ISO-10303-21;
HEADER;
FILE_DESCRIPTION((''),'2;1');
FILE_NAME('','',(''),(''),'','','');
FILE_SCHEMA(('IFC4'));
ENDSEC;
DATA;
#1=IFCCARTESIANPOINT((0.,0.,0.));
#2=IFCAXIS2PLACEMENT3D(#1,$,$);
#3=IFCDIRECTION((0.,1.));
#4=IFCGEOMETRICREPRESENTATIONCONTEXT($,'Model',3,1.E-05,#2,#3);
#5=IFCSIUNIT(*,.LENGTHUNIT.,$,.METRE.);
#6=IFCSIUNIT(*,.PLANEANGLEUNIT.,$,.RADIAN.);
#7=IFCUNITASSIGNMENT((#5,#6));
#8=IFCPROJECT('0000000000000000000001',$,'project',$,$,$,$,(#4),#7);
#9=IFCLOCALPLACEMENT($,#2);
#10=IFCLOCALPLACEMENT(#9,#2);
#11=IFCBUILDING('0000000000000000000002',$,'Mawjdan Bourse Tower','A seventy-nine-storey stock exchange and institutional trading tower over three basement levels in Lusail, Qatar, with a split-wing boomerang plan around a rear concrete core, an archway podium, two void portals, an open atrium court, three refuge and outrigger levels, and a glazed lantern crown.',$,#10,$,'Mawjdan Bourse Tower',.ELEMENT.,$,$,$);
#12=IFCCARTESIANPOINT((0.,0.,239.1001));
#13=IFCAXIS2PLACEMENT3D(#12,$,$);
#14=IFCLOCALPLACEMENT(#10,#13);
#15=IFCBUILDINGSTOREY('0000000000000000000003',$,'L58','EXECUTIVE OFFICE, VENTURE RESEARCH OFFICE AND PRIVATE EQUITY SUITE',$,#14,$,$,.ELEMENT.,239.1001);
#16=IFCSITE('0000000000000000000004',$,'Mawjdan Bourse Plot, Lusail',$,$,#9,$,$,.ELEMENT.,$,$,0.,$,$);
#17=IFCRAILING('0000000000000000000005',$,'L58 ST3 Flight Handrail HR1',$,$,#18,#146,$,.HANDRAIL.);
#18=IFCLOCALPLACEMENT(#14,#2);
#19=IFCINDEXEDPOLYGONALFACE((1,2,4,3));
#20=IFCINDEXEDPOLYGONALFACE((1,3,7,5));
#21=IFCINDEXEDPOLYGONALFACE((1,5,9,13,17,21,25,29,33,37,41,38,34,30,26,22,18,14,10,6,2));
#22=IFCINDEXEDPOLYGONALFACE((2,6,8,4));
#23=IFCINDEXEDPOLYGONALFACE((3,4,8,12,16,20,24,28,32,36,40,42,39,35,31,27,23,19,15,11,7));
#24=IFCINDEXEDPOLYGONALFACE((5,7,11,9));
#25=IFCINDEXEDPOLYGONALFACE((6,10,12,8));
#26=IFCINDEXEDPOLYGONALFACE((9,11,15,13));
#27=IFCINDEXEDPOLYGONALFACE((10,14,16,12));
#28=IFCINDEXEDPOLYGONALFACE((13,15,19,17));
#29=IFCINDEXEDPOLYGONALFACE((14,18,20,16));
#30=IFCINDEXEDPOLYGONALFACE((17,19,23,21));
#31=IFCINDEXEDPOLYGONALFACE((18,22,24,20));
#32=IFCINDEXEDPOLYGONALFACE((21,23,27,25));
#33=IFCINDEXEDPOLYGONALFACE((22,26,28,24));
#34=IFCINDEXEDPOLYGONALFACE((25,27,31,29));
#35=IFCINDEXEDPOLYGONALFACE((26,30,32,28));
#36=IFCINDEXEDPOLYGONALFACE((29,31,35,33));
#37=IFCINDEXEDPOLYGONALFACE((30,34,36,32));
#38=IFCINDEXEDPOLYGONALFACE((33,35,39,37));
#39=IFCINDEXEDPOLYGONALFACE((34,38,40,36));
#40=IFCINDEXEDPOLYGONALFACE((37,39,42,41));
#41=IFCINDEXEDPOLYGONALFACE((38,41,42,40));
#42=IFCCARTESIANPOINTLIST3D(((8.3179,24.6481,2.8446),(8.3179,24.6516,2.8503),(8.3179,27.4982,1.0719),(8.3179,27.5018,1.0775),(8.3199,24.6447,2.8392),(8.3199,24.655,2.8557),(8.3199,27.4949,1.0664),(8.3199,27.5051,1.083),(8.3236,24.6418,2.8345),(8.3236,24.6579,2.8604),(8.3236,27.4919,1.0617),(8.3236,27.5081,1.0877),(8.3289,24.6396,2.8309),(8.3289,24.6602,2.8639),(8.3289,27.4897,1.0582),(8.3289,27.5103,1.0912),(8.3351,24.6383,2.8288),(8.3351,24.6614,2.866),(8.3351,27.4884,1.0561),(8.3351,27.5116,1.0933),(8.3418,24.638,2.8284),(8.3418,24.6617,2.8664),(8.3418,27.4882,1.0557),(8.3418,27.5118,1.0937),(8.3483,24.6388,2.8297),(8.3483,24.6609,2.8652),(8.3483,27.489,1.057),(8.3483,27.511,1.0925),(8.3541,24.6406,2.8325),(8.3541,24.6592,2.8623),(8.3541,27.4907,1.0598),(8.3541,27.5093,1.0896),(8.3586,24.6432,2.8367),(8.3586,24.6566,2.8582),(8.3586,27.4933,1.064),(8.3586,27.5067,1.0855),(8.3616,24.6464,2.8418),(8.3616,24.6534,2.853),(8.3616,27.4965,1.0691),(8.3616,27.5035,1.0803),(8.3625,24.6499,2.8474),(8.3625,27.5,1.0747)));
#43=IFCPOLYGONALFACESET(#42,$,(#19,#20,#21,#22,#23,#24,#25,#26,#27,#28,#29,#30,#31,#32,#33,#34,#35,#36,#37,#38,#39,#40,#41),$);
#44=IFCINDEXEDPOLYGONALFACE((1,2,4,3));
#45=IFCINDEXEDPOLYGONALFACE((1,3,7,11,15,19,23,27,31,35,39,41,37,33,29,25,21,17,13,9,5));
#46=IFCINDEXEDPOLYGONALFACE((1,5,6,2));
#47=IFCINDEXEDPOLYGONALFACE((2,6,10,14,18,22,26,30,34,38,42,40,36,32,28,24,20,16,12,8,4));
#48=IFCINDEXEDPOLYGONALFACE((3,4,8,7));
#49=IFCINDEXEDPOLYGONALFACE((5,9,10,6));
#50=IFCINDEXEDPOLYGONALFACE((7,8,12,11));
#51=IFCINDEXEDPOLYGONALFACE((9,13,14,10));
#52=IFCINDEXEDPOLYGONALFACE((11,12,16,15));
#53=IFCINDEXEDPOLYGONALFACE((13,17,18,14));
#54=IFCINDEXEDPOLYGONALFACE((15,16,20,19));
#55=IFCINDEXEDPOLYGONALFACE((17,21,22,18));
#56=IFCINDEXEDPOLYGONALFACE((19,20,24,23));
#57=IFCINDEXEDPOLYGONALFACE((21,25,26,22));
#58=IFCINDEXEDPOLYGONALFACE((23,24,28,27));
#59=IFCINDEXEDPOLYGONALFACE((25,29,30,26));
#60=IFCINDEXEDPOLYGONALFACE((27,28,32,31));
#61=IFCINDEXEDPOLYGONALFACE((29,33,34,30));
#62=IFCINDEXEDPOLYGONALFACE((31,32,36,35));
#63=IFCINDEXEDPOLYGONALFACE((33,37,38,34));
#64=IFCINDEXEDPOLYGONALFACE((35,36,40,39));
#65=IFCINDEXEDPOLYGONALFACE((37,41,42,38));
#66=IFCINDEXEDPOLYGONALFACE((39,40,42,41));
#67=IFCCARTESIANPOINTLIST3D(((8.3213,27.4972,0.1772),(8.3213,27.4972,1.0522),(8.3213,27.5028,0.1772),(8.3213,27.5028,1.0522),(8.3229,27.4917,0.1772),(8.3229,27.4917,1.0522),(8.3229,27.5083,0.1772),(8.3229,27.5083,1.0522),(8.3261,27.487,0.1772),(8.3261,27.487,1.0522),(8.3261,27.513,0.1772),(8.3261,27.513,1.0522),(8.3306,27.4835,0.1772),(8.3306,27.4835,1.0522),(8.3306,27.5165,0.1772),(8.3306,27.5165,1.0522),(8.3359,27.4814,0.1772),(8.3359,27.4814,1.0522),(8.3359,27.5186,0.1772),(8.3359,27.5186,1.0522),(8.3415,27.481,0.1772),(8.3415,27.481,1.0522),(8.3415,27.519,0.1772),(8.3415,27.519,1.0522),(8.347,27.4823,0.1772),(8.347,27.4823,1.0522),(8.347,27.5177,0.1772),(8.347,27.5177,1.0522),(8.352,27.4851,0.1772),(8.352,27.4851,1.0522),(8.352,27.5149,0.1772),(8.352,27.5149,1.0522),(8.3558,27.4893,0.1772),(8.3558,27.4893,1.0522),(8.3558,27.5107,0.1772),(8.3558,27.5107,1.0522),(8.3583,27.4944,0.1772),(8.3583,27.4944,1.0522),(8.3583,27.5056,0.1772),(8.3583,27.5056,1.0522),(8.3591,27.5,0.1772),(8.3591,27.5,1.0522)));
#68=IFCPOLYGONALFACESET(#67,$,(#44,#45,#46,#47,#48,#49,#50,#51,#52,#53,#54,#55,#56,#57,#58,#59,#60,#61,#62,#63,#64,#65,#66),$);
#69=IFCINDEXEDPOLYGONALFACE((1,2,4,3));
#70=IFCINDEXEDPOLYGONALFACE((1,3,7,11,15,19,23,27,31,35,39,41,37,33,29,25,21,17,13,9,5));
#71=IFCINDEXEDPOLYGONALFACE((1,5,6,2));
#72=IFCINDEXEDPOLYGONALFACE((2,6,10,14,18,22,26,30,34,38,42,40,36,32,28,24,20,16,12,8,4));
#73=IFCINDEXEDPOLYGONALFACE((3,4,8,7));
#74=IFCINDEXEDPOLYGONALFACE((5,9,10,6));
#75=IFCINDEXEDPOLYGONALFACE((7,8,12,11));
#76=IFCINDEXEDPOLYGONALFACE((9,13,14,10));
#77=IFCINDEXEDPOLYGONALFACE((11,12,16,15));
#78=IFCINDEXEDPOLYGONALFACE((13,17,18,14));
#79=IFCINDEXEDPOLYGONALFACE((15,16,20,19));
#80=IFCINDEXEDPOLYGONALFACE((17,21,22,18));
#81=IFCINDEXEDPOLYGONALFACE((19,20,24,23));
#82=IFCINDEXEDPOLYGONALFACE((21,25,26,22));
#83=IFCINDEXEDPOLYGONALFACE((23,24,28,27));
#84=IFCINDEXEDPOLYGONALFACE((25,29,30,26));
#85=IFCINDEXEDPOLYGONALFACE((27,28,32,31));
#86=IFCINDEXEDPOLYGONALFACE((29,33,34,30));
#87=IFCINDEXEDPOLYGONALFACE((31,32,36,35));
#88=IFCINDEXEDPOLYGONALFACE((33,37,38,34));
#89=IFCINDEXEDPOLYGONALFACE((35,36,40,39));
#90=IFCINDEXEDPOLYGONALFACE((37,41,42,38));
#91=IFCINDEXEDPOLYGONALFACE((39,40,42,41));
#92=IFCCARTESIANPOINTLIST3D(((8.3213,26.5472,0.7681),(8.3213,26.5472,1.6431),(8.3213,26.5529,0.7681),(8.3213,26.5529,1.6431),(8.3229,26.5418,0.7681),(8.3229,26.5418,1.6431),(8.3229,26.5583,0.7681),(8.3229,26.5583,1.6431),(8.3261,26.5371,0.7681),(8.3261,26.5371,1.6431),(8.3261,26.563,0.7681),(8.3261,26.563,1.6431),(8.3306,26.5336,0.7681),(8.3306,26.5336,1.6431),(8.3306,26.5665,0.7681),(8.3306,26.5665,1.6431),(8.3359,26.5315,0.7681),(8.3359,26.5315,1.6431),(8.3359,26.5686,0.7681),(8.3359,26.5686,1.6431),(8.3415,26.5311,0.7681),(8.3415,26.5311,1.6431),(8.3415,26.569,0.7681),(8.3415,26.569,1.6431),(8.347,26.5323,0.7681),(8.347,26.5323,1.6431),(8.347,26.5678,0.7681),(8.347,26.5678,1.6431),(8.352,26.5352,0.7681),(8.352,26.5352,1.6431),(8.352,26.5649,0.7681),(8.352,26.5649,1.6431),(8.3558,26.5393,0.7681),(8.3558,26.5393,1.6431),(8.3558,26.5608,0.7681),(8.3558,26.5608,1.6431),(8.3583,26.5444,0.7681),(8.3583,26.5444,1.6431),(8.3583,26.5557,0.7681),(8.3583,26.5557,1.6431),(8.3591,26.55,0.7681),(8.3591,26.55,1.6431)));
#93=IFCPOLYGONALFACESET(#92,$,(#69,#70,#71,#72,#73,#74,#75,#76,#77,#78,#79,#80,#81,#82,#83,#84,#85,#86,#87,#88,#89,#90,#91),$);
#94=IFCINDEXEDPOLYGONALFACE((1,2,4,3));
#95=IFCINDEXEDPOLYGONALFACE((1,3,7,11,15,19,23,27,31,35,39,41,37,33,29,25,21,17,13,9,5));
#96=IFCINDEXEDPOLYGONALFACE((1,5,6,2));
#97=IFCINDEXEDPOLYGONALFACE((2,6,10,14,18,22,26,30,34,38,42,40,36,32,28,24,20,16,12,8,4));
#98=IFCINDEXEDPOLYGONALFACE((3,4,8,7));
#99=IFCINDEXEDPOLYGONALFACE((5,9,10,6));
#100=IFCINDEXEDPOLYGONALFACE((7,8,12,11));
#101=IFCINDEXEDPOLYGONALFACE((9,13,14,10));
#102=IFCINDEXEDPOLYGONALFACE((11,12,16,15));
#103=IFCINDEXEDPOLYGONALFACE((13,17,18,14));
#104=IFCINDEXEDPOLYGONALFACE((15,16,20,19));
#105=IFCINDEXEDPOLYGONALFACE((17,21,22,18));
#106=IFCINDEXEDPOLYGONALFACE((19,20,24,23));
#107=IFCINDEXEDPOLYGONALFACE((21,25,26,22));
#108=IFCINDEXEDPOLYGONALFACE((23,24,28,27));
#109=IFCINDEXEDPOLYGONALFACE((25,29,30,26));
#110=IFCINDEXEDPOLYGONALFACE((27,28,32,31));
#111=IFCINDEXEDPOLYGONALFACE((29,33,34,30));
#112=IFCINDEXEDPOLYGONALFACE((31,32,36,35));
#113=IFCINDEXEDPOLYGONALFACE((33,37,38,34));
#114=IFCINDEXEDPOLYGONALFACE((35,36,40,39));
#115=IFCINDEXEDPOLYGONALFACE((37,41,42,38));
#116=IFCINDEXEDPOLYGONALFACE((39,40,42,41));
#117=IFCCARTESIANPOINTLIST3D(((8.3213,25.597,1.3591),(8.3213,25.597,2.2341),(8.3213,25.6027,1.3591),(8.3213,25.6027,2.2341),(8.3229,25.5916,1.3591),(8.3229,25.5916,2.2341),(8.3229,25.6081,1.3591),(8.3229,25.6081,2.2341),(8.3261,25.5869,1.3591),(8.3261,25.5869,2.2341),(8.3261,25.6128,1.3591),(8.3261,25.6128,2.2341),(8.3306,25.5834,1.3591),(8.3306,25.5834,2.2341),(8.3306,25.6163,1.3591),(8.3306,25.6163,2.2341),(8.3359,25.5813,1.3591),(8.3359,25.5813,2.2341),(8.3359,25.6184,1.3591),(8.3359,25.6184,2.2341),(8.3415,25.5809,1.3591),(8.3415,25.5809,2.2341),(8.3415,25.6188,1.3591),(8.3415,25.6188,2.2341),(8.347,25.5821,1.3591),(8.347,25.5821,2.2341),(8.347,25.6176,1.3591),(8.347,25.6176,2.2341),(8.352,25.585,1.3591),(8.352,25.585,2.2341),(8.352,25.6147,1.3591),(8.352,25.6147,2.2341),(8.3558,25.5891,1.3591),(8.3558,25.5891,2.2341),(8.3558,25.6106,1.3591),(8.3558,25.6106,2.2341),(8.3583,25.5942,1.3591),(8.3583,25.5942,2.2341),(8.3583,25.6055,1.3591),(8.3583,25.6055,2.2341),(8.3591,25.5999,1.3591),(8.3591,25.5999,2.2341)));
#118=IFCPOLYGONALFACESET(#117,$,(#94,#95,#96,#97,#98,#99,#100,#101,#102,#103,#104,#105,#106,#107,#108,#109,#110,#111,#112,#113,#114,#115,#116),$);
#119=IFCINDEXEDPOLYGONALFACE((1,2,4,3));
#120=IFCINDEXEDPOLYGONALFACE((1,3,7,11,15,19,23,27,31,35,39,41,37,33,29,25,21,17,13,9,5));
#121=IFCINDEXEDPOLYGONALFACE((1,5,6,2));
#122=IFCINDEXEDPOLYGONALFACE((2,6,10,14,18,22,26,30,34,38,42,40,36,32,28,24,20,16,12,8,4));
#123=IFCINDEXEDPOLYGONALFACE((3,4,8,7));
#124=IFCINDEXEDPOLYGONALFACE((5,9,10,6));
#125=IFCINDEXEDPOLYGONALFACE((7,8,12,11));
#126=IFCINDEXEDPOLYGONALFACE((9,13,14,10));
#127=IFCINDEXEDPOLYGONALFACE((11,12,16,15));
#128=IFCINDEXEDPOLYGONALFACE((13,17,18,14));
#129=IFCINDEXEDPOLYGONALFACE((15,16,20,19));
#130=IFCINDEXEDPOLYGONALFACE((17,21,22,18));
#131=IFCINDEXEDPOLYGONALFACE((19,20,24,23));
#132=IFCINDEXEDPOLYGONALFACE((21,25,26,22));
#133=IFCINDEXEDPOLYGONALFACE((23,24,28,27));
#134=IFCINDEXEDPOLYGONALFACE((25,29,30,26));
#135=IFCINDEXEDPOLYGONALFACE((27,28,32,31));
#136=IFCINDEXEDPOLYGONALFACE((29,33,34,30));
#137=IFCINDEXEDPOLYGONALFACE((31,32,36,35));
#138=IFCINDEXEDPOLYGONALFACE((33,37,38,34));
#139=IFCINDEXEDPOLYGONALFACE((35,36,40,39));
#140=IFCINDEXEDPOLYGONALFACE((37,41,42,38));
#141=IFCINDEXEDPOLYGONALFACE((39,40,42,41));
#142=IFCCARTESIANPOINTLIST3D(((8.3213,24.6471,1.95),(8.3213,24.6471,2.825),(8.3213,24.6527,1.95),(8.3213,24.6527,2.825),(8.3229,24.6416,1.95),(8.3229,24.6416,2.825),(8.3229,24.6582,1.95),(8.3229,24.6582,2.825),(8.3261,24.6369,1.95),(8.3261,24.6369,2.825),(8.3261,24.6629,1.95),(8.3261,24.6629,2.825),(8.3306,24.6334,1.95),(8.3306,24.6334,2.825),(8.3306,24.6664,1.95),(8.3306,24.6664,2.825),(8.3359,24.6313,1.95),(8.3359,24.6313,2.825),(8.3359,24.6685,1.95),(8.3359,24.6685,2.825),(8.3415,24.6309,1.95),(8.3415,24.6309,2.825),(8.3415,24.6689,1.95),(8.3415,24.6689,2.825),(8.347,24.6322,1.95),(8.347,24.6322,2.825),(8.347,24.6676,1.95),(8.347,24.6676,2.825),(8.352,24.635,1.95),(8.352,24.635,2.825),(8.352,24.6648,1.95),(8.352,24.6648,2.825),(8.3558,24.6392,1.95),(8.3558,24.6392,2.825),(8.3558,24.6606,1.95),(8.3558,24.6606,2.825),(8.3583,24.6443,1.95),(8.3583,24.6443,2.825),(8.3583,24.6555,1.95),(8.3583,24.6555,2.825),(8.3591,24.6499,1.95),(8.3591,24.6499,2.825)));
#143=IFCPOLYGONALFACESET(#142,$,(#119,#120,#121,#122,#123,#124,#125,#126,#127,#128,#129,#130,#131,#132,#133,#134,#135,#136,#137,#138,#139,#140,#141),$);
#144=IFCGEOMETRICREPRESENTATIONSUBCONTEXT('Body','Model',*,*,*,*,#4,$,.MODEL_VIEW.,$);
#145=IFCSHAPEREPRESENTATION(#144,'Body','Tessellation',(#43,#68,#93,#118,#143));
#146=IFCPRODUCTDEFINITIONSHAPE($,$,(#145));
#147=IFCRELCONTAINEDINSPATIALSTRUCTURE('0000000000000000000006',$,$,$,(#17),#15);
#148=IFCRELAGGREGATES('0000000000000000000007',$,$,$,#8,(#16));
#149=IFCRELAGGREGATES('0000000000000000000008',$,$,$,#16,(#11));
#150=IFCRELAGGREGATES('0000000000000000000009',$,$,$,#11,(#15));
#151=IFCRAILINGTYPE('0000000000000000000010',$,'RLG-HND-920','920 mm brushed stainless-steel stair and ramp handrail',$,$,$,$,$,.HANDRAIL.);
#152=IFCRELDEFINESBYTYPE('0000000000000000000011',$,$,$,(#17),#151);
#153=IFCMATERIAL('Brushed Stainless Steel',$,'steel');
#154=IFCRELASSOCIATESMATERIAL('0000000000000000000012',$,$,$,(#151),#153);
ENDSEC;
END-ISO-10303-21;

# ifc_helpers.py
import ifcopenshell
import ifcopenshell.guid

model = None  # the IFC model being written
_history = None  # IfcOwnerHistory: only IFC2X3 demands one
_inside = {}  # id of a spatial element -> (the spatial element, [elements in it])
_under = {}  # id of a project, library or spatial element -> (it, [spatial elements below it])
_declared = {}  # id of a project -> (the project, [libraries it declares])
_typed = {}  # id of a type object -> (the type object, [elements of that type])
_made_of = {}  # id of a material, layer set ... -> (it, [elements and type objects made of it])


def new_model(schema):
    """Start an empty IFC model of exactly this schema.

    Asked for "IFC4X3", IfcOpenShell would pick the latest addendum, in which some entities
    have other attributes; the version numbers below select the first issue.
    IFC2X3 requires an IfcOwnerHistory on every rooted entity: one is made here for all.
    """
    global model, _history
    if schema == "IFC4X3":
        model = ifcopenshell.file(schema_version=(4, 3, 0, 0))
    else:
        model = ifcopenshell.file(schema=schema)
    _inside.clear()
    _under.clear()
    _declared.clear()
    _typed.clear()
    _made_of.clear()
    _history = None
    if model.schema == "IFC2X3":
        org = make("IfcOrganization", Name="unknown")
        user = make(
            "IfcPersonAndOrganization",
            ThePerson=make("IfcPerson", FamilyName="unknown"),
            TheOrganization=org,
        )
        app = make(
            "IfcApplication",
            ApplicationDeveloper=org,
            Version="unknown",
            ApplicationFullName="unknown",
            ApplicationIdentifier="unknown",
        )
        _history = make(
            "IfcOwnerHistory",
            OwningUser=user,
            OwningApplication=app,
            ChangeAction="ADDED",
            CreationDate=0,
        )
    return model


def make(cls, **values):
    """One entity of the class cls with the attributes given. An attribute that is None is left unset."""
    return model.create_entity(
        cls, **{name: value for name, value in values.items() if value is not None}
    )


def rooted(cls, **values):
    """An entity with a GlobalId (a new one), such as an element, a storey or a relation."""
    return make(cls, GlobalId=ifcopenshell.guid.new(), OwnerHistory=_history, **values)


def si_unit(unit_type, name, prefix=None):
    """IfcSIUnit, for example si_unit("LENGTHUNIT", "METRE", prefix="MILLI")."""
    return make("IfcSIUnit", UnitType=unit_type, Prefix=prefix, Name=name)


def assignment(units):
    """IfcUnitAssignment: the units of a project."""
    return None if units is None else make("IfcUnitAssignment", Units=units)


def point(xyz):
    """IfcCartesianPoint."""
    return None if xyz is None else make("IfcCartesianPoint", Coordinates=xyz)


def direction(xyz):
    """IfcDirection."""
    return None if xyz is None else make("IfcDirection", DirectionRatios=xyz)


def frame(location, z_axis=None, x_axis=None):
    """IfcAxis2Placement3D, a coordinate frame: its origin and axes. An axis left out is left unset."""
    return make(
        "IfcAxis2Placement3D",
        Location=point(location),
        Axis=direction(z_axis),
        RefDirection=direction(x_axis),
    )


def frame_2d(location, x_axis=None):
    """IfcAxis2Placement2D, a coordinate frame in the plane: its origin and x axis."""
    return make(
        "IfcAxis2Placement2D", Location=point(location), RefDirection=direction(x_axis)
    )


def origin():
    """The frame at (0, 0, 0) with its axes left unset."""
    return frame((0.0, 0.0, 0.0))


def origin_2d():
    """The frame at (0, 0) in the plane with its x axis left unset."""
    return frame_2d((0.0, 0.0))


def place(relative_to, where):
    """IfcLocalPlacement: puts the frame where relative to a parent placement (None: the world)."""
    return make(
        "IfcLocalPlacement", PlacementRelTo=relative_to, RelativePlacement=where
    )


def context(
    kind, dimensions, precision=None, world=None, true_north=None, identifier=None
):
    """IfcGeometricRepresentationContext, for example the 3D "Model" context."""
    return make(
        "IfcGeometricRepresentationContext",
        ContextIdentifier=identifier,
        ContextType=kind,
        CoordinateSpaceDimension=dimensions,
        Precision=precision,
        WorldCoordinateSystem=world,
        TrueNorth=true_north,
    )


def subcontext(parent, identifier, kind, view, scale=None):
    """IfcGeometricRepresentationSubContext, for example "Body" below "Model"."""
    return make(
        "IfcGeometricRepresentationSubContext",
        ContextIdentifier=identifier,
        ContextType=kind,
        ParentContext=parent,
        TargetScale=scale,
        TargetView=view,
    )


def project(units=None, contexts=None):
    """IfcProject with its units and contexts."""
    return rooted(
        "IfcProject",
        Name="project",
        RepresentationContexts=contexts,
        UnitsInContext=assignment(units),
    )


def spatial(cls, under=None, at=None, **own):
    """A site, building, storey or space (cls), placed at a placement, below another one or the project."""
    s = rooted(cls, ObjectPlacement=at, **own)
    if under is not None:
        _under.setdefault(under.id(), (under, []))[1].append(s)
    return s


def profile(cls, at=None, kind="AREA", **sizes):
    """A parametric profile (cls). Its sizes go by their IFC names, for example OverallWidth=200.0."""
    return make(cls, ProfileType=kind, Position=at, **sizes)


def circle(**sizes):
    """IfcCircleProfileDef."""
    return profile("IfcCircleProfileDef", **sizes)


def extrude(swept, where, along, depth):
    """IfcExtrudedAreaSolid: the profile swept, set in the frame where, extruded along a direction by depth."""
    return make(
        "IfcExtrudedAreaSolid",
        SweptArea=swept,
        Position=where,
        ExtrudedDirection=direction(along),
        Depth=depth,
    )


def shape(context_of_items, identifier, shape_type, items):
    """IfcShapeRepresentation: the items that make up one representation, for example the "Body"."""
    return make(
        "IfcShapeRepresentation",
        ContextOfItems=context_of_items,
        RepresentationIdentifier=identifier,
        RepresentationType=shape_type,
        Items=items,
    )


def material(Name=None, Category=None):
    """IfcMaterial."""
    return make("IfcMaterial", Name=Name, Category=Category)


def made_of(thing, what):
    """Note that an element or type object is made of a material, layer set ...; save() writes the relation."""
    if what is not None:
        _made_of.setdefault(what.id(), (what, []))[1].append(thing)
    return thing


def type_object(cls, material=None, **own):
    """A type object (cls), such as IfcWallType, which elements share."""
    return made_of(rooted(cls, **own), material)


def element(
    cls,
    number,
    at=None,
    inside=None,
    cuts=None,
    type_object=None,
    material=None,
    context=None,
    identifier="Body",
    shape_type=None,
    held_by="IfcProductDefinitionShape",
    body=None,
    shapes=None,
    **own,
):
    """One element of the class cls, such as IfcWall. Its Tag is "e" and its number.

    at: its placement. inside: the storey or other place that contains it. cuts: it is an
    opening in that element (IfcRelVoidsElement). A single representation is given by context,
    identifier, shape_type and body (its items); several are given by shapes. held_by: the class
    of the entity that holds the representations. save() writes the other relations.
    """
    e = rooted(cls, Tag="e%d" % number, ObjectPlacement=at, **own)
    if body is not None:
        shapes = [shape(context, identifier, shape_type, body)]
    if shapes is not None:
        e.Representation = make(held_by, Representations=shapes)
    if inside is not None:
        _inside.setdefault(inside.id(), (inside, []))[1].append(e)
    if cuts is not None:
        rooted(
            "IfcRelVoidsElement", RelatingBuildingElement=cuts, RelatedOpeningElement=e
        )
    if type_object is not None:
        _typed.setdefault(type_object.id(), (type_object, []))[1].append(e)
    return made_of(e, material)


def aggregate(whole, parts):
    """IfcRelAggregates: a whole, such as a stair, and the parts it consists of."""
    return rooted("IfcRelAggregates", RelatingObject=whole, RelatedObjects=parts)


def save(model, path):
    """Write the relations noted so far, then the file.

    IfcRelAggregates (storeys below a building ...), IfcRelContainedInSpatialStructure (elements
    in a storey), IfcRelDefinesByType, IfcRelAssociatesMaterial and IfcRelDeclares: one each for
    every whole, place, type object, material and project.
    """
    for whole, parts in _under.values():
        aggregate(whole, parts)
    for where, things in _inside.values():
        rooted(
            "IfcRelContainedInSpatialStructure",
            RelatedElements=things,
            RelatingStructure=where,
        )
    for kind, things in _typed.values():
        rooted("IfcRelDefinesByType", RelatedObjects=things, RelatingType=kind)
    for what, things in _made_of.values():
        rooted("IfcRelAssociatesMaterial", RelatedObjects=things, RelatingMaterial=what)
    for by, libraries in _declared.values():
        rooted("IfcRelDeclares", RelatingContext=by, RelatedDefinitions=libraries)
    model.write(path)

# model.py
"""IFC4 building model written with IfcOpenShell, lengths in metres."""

from ifc_helpers import new_model, si_unit, direction, frame, origin, origin_2d, place, context, subcontext, project, spatial, circle, extrude, material, type_object, element, save


model = new_model("IFC4")

# Units and contexts
model_context = context("Model", 3, precision=1e-05, world=origin(), true_north=direction((0.0, 1.0)))
body_context = subcontext(model_context, "Body", "Model", "MODEL_VIEW")
ifc_project = project(units=[si_unit("LENGTHUNIT", "METRE"), si_unit("PLANEANGLEUNIT", "RADIAN")], contexts=[model_context])

# Site, building, storey
site_placement = place(None, origin())
site = spatial("IfcSite", under=ifc_project, at=site_placement, Name="Mawjdan Bourse Plot, Lusail", CompositionType="ELEMENT", RefElevation=0.0)
building_placement = place(site_placement, origin())
building = spatial("IfcBuilding", under=site, at=building_placement, Name="Mawjdan Bourse Tower", Description="A seventy-nine-storey stock exchange and institutional trading tower over three basement levels in Lusail, Qatar, with a split-wing boomerang plan around a rear concrete core, an archway podium, two void portals, an open atrium court, three refuge and outrigger levels, and a glazed lantern crown.", LongName="Mawjdan Bourse Tower", CompositionType="ELEMENT")
storey_placement = place(building_placement, frame((0.0, 0.0, 239.1001)))
storey = spatial("IfcBuildingStorey", under=building, at=storey_placement, Name="L58", Description="EXECUTIVE OFFICE, VENTURE RESEARCH OFFICE AND PRIVATE EQUITY SUITE", CompositionType="ELEMENT", Elevation=239.1001)

# Railing
ifc_material_1 = material(Name="Brushed Stainless Steel", Category="steel")
railing_type_1 = type_object("IfcRailingType", Name="RLG-HND-920", Description="920 mm brushed stainless-steel stair and ramp handrail", PredefinedType="HANDRAIL", material=ifc_material_1)
railing_1_placement = place(storey_placement, frame((8.3401, 27.5, 0.1772)))
element("IfcRailing", 1, at=railing_1_placement, inside=storey, type_object=railing_type_1, Name="L58 ST3 Flight Handrail HR1", PredefinedType="HANDRAIL", context=body_context, shape_type="SweptSolid", body=[
    extrude(circle(Radius=0.0225, at=origin_2d()), frame((0.0, 0.0, 0.8975), z_axis=(0.0, -0.849149, 0.528154), x_axis=(1.0, 0.0, 0.0)), (0.0, 0.0, 1.0), 3.3564),
    extrude(circle(Radius=0.019, at=origin_2d()), origin(), (0.0, 0.0, 1.0), 0.875),
    extrude(circle(Radius=0.019, at=origin_2d()), frame((0.0, -0.95, 0.5908)), (0.0, 0.0, 1.0), 0.875),
    extrude(circle(Radius=0.019, at=origin_2d()), frame((0.0, -1.9001, 1.1819)), (0.0, 0.0, 1.0), 0.875),
    extrude(circle(Radius=0.019, at=origin_2d()), frame((0.0, -2.8501, 1.7727)), (0.0, 0.0, 1.0), 0.875),
])

save(model, "model.ifc")
